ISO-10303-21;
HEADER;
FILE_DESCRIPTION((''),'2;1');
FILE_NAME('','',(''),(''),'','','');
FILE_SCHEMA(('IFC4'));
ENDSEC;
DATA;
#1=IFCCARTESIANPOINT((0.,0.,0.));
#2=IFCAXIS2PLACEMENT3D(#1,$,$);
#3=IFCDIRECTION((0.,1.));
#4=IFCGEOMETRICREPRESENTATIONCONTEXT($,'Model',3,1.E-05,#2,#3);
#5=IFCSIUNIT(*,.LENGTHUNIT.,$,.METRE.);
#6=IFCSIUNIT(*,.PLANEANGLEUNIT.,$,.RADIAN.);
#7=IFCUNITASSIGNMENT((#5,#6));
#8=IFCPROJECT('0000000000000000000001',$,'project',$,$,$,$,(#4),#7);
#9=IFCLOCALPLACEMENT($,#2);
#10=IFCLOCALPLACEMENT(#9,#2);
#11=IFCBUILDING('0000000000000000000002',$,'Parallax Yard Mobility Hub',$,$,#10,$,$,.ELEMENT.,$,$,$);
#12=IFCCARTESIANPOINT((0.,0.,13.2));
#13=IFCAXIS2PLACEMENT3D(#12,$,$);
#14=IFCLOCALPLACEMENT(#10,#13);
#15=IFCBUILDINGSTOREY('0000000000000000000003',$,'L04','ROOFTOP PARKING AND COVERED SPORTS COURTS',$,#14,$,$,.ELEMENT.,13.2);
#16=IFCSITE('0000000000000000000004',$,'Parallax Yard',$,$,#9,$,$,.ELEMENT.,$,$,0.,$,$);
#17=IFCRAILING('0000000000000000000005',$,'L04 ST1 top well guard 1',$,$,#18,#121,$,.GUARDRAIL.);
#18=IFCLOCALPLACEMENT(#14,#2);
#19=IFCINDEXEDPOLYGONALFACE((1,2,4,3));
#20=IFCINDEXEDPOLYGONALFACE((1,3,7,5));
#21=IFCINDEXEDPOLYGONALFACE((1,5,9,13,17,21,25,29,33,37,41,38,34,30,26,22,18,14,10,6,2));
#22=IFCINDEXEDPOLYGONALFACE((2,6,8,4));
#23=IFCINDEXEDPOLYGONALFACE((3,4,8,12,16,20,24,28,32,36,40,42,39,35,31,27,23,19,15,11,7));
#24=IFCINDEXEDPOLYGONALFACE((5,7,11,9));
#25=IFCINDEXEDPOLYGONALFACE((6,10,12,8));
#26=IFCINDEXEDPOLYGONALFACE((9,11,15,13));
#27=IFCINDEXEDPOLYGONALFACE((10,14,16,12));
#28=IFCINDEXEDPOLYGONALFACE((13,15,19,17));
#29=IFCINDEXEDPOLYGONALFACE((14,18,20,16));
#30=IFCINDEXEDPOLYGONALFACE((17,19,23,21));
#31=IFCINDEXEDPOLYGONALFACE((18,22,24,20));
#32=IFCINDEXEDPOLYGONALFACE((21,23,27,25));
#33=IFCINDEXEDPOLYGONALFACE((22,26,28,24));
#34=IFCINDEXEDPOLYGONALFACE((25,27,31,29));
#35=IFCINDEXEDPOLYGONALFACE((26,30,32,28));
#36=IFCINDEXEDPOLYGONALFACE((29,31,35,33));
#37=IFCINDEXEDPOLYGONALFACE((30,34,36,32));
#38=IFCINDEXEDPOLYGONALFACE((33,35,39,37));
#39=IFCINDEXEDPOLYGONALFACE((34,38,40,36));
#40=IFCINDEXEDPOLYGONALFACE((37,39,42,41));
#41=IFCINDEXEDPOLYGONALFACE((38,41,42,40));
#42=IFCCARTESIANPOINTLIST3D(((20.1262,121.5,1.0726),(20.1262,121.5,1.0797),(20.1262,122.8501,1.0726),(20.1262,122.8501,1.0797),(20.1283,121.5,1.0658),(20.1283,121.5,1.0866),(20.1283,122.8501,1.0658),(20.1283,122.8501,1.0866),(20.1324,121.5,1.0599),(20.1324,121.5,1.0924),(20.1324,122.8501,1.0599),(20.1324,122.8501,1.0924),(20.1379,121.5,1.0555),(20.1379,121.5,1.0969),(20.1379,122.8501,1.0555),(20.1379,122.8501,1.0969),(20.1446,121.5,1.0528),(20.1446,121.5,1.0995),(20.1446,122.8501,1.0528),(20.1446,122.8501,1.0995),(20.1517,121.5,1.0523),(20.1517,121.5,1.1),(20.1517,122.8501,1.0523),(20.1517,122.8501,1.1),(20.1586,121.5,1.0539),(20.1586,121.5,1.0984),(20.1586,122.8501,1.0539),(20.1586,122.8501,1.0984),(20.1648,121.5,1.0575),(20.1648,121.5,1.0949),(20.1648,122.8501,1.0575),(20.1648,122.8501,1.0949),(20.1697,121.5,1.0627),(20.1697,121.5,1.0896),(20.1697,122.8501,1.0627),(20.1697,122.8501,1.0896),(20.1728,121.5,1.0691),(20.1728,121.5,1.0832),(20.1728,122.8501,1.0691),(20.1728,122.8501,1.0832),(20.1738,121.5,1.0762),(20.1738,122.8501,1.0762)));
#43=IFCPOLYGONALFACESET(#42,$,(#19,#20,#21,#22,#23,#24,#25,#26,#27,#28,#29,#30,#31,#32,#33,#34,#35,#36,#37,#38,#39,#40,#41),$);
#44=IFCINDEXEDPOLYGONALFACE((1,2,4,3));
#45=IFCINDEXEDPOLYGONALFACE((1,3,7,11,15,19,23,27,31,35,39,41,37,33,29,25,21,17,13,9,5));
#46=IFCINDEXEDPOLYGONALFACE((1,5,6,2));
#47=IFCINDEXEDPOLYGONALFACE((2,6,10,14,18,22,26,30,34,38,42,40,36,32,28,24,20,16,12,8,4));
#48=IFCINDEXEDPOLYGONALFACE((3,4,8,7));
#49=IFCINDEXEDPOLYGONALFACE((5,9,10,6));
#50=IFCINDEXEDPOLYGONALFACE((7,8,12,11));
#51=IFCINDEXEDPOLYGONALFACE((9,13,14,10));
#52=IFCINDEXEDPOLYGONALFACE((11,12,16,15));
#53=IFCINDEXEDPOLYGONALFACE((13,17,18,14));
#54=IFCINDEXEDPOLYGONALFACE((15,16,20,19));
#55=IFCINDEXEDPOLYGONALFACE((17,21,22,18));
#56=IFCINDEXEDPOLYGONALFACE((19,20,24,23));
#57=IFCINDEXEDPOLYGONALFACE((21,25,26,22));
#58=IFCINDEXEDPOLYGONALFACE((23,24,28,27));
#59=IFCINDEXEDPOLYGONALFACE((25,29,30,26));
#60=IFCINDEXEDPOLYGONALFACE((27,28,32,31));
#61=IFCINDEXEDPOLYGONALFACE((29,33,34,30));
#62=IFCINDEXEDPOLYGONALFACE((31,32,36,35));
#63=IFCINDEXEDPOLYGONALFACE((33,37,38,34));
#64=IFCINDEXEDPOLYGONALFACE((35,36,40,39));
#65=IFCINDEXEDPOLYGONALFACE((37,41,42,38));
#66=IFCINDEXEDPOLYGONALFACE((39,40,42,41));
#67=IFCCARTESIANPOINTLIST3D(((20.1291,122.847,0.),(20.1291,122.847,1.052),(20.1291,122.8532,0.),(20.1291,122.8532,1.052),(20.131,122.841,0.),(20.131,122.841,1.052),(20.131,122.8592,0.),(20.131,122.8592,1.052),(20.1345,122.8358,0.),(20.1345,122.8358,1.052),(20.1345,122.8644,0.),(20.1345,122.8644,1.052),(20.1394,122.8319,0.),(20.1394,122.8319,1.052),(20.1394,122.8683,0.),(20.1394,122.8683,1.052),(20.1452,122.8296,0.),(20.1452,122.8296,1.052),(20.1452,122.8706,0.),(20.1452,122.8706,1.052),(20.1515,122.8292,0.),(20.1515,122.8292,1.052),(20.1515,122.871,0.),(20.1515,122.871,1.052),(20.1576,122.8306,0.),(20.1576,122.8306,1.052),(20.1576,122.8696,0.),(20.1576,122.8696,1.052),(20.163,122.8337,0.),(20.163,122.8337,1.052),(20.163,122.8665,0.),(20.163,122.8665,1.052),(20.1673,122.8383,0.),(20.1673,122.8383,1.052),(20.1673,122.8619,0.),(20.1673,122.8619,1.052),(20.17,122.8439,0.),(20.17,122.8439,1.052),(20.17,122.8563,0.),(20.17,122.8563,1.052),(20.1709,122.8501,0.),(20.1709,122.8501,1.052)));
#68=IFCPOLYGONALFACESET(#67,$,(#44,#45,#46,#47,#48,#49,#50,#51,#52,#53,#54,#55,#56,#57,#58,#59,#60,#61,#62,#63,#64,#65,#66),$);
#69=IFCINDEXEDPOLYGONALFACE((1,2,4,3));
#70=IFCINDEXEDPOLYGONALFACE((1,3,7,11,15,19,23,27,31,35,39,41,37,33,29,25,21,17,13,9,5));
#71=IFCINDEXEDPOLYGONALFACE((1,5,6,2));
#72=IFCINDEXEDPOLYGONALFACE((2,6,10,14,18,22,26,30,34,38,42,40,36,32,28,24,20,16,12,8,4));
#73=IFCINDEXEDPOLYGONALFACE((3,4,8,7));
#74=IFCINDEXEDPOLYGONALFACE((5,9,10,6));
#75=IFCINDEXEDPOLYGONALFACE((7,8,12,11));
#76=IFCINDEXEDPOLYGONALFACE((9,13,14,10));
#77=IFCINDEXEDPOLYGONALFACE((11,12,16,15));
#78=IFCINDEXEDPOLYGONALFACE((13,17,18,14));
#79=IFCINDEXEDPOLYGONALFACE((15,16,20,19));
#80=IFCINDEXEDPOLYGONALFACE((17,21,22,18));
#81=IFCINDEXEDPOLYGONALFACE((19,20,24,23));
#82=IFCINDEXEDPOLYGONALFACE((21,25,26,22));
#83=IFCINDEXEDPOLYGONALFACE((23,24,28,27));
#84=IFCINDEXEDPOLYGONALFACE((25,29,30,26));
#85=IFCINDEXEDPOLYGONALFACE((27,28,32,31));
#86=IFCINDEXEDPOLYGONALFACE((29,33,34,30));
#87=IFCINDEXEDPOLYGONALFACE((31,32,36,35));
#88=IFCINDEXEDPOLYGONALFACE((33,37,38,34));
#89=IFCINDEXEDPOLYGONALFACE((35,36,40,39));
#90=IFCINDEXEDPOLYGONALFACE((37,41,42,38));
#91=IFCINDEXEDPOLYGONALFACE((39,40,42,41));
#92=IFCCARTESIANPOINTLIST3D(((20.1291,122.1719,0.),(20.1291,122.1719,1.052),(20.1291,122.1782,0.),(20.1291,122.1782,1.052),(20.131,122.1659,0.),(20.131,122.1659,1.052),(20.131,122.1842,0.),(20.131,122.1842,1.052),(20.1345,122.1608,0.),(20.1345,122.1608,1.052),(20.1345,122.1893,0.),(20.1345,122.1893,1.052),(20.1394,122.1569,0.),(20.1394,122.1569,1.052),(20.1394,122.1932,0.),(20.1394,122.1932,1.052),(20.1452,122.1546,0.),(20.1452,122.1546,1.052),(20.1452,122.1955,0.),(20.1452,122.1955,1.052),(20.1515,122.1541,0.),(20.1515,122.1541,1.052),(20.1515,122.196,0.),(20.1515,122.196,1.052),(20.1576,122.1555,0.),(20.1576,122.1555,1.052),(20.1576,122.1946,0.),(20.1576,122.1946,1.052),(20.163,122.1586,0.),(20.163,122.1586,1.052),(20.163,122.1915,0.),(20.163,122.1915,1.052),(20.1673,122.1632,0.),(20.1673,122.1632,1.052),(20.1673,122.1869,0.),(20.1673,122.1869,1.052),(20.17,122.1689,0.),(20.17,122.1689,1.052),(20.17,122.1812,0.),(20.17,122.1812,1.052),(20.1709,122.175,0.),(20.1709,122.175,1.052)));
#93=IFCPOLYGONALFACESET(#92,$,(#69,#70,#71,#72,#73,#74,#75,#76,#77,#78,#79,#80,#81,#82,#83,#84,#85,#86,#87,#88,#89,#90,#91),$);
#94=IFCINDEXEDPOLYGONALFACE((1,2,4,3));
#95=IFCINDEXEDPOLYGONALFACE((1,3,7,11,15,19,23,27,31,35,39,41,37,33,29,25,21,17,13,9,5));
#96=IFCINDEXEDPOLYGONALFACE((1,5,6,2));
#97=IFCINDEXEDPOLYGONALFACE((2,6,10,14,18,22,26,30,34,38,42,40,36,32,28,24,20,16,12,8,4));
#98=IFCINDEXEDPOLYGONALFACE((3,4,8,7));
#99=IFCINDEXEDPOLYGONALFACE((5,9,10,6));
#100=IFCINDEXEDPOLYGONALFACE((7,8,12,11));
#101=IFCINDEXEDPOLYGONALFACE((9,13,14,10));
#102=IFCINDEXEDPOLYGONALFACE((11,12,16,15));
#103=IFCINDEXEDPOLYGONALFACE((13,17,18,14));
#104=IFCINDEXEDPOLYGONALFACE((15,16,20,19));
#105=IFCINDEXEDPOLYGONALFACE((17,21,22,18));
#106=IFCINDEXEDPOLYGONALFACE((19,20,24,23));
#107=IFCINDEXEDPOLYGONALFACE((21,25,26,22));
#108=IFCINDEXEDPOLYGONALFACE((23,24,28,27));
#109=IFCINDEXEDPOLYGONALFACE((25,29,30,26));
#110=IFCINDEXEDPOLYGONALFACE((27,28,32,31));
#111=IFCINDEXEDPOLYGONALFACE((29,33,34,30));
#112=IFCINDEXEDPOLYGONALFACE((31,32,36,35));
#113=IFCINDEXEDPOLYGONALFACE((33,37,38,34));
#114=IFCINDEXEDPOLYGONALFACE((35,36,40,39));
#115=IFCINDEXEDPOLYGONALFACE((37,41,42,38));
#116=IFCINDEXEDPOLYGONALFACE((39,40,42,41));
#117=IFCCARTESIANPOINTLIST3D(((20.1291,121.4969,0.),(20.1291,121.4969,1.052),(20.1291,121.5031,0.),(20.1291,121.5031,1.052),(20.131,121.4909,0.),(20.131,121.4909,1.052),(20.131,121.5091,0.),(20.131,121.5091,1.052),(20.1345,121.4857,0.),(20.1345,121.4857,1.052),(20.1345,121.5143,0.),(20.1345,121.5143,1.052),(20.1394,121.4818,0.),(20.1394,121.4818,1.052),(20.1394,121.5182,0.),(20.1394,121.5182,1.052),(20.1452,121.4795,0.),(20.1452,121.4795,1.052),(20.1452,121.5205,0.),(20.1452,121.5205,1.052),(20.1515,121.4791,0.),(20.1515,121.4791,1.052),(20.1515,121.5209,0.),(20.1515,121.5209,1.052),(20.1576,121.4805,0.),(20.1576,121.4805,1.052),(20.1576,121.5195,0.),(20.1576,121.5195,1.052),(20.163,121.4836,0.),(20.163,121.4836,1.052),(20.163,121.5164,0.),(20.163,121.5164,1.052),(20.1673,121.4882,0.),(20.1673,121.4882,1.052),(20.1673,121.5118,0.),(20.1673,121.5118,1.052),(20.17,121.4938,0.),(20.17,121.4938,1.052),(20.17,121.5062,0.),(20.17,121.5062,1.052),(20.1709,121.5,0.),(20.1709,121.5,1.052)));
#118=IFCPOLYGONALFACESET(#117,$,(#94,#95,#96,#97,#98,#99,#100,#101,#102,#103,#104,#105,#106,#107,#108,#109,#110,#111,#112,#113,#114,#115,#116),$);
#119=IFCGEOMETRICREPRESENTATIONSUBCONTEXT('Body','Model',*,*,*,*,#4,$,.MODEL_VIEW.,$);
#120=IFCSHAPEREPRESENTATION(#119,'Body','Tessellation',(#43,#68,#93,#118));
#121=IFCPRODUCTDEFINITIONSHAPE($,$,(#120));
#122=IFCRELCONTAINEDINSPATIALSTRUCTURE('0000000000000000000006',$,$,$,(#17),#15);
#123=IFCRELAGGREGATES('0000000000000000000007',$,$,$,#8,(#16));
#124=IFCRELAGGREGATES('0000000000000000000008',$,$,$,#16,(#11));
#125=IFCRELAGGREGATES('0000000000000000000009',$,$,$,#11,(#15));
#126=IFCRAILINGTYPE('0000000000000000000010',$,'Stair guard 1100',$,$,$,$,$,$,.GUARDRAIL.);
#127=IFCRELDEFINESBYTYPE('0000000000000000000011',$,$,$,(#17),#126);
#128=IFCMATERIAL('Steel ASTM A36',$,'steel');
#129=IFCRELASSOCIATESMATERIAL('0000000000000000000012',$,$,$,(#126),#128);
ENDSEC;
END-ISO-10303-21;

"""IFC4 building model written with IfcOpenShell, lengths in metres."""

from ifc_helpers import new_model, si_unit, direction, frame, origin, origin_2d, place, context, subcontext, project, spatial, circle, extrude, material, type_object, element, save


model = new_model("IFC4")

# Units and contexts
model_context = context("Model", 3, precision=1e-05, world=origin(), true_north=direction((0.0, 1.0)))
body_context = subcontext(model_context, "Body", "Model", "MODEL_VIEW")
ifc_project = project(units=[si_unit("LENGTHUNIT", "METRE"), si_unit("PLANEANGLEUNIT", "RADIAN")], contexts=[model_context])

# Site, building, storey
site_placement = place(None, origin())
site = spatial("IfcSite", under=ifc_project, at=site_placement, Name="Parallax Yard", CompositionType="ELEMENT", RefElevation=0.0)
building_placement = place(site_placement, origin())
building = spatial("IfcBuilding", under=site, at=building_placement, Name="Parallax Yard Mobility Hub", CompositionType="ELEMENT")
storey_placement = place(building_placement, frame((0.0, 0.0, 13.2)))
storey = spatial("IfcBuildingStorey", under=building, at=storey_placement, Name="L04", Description="ROOFTOP PARKING AND COVERED SPORTS COURTS", CompositionType="ELEMENT", Elevation=13.2)

# Railing
ifc_material_1 = material(Name="Steel ASTM A36", Category="steel")
railing_type = type_object("IfcRailingType", Name="Stair guard 1100", PredefinedType="GUARDRAIL", material=ifc_material_1)
railing_1_placement = place(storey_placement, frame((20.1499, 122.8501, 0.0)))
element("IfcRailing", 1, at=railing_1_placement, inside=storey, type_object=railing_type, Name="L04 ST1 top well guard 1", PredefinedType="GUARDRAIL", context=body_context, shape_type="SweptSolid", body=[
    extrude(circle(Radius=0.0239, at=origin_2d()), frame((0.0, 0.0, 1.0762), z_axis=(0.0, -1.0, 0.0), x_axis=(1.0, 0.0, 0.0)), (0.0, 0.0, 1.0), 1.3501),
    extrude(circle(Radius=0.021, at=origin_2d()), origin(), (0.0, 0.0, 1.0), 1.052),
    extrude(circle(Radius=0.021, at=origin_2d()), frame((0.0, -0.675, 0.0)), (0.0, 0.0, 1.0), 1.052),
    extrude(circle(Radius=0.021, at=origin_2d()), frame((0.0, -1.3501, 0.0)), (0.0, 0.0, 1.0), 1.052),
])

save(model, "model.ifc")
